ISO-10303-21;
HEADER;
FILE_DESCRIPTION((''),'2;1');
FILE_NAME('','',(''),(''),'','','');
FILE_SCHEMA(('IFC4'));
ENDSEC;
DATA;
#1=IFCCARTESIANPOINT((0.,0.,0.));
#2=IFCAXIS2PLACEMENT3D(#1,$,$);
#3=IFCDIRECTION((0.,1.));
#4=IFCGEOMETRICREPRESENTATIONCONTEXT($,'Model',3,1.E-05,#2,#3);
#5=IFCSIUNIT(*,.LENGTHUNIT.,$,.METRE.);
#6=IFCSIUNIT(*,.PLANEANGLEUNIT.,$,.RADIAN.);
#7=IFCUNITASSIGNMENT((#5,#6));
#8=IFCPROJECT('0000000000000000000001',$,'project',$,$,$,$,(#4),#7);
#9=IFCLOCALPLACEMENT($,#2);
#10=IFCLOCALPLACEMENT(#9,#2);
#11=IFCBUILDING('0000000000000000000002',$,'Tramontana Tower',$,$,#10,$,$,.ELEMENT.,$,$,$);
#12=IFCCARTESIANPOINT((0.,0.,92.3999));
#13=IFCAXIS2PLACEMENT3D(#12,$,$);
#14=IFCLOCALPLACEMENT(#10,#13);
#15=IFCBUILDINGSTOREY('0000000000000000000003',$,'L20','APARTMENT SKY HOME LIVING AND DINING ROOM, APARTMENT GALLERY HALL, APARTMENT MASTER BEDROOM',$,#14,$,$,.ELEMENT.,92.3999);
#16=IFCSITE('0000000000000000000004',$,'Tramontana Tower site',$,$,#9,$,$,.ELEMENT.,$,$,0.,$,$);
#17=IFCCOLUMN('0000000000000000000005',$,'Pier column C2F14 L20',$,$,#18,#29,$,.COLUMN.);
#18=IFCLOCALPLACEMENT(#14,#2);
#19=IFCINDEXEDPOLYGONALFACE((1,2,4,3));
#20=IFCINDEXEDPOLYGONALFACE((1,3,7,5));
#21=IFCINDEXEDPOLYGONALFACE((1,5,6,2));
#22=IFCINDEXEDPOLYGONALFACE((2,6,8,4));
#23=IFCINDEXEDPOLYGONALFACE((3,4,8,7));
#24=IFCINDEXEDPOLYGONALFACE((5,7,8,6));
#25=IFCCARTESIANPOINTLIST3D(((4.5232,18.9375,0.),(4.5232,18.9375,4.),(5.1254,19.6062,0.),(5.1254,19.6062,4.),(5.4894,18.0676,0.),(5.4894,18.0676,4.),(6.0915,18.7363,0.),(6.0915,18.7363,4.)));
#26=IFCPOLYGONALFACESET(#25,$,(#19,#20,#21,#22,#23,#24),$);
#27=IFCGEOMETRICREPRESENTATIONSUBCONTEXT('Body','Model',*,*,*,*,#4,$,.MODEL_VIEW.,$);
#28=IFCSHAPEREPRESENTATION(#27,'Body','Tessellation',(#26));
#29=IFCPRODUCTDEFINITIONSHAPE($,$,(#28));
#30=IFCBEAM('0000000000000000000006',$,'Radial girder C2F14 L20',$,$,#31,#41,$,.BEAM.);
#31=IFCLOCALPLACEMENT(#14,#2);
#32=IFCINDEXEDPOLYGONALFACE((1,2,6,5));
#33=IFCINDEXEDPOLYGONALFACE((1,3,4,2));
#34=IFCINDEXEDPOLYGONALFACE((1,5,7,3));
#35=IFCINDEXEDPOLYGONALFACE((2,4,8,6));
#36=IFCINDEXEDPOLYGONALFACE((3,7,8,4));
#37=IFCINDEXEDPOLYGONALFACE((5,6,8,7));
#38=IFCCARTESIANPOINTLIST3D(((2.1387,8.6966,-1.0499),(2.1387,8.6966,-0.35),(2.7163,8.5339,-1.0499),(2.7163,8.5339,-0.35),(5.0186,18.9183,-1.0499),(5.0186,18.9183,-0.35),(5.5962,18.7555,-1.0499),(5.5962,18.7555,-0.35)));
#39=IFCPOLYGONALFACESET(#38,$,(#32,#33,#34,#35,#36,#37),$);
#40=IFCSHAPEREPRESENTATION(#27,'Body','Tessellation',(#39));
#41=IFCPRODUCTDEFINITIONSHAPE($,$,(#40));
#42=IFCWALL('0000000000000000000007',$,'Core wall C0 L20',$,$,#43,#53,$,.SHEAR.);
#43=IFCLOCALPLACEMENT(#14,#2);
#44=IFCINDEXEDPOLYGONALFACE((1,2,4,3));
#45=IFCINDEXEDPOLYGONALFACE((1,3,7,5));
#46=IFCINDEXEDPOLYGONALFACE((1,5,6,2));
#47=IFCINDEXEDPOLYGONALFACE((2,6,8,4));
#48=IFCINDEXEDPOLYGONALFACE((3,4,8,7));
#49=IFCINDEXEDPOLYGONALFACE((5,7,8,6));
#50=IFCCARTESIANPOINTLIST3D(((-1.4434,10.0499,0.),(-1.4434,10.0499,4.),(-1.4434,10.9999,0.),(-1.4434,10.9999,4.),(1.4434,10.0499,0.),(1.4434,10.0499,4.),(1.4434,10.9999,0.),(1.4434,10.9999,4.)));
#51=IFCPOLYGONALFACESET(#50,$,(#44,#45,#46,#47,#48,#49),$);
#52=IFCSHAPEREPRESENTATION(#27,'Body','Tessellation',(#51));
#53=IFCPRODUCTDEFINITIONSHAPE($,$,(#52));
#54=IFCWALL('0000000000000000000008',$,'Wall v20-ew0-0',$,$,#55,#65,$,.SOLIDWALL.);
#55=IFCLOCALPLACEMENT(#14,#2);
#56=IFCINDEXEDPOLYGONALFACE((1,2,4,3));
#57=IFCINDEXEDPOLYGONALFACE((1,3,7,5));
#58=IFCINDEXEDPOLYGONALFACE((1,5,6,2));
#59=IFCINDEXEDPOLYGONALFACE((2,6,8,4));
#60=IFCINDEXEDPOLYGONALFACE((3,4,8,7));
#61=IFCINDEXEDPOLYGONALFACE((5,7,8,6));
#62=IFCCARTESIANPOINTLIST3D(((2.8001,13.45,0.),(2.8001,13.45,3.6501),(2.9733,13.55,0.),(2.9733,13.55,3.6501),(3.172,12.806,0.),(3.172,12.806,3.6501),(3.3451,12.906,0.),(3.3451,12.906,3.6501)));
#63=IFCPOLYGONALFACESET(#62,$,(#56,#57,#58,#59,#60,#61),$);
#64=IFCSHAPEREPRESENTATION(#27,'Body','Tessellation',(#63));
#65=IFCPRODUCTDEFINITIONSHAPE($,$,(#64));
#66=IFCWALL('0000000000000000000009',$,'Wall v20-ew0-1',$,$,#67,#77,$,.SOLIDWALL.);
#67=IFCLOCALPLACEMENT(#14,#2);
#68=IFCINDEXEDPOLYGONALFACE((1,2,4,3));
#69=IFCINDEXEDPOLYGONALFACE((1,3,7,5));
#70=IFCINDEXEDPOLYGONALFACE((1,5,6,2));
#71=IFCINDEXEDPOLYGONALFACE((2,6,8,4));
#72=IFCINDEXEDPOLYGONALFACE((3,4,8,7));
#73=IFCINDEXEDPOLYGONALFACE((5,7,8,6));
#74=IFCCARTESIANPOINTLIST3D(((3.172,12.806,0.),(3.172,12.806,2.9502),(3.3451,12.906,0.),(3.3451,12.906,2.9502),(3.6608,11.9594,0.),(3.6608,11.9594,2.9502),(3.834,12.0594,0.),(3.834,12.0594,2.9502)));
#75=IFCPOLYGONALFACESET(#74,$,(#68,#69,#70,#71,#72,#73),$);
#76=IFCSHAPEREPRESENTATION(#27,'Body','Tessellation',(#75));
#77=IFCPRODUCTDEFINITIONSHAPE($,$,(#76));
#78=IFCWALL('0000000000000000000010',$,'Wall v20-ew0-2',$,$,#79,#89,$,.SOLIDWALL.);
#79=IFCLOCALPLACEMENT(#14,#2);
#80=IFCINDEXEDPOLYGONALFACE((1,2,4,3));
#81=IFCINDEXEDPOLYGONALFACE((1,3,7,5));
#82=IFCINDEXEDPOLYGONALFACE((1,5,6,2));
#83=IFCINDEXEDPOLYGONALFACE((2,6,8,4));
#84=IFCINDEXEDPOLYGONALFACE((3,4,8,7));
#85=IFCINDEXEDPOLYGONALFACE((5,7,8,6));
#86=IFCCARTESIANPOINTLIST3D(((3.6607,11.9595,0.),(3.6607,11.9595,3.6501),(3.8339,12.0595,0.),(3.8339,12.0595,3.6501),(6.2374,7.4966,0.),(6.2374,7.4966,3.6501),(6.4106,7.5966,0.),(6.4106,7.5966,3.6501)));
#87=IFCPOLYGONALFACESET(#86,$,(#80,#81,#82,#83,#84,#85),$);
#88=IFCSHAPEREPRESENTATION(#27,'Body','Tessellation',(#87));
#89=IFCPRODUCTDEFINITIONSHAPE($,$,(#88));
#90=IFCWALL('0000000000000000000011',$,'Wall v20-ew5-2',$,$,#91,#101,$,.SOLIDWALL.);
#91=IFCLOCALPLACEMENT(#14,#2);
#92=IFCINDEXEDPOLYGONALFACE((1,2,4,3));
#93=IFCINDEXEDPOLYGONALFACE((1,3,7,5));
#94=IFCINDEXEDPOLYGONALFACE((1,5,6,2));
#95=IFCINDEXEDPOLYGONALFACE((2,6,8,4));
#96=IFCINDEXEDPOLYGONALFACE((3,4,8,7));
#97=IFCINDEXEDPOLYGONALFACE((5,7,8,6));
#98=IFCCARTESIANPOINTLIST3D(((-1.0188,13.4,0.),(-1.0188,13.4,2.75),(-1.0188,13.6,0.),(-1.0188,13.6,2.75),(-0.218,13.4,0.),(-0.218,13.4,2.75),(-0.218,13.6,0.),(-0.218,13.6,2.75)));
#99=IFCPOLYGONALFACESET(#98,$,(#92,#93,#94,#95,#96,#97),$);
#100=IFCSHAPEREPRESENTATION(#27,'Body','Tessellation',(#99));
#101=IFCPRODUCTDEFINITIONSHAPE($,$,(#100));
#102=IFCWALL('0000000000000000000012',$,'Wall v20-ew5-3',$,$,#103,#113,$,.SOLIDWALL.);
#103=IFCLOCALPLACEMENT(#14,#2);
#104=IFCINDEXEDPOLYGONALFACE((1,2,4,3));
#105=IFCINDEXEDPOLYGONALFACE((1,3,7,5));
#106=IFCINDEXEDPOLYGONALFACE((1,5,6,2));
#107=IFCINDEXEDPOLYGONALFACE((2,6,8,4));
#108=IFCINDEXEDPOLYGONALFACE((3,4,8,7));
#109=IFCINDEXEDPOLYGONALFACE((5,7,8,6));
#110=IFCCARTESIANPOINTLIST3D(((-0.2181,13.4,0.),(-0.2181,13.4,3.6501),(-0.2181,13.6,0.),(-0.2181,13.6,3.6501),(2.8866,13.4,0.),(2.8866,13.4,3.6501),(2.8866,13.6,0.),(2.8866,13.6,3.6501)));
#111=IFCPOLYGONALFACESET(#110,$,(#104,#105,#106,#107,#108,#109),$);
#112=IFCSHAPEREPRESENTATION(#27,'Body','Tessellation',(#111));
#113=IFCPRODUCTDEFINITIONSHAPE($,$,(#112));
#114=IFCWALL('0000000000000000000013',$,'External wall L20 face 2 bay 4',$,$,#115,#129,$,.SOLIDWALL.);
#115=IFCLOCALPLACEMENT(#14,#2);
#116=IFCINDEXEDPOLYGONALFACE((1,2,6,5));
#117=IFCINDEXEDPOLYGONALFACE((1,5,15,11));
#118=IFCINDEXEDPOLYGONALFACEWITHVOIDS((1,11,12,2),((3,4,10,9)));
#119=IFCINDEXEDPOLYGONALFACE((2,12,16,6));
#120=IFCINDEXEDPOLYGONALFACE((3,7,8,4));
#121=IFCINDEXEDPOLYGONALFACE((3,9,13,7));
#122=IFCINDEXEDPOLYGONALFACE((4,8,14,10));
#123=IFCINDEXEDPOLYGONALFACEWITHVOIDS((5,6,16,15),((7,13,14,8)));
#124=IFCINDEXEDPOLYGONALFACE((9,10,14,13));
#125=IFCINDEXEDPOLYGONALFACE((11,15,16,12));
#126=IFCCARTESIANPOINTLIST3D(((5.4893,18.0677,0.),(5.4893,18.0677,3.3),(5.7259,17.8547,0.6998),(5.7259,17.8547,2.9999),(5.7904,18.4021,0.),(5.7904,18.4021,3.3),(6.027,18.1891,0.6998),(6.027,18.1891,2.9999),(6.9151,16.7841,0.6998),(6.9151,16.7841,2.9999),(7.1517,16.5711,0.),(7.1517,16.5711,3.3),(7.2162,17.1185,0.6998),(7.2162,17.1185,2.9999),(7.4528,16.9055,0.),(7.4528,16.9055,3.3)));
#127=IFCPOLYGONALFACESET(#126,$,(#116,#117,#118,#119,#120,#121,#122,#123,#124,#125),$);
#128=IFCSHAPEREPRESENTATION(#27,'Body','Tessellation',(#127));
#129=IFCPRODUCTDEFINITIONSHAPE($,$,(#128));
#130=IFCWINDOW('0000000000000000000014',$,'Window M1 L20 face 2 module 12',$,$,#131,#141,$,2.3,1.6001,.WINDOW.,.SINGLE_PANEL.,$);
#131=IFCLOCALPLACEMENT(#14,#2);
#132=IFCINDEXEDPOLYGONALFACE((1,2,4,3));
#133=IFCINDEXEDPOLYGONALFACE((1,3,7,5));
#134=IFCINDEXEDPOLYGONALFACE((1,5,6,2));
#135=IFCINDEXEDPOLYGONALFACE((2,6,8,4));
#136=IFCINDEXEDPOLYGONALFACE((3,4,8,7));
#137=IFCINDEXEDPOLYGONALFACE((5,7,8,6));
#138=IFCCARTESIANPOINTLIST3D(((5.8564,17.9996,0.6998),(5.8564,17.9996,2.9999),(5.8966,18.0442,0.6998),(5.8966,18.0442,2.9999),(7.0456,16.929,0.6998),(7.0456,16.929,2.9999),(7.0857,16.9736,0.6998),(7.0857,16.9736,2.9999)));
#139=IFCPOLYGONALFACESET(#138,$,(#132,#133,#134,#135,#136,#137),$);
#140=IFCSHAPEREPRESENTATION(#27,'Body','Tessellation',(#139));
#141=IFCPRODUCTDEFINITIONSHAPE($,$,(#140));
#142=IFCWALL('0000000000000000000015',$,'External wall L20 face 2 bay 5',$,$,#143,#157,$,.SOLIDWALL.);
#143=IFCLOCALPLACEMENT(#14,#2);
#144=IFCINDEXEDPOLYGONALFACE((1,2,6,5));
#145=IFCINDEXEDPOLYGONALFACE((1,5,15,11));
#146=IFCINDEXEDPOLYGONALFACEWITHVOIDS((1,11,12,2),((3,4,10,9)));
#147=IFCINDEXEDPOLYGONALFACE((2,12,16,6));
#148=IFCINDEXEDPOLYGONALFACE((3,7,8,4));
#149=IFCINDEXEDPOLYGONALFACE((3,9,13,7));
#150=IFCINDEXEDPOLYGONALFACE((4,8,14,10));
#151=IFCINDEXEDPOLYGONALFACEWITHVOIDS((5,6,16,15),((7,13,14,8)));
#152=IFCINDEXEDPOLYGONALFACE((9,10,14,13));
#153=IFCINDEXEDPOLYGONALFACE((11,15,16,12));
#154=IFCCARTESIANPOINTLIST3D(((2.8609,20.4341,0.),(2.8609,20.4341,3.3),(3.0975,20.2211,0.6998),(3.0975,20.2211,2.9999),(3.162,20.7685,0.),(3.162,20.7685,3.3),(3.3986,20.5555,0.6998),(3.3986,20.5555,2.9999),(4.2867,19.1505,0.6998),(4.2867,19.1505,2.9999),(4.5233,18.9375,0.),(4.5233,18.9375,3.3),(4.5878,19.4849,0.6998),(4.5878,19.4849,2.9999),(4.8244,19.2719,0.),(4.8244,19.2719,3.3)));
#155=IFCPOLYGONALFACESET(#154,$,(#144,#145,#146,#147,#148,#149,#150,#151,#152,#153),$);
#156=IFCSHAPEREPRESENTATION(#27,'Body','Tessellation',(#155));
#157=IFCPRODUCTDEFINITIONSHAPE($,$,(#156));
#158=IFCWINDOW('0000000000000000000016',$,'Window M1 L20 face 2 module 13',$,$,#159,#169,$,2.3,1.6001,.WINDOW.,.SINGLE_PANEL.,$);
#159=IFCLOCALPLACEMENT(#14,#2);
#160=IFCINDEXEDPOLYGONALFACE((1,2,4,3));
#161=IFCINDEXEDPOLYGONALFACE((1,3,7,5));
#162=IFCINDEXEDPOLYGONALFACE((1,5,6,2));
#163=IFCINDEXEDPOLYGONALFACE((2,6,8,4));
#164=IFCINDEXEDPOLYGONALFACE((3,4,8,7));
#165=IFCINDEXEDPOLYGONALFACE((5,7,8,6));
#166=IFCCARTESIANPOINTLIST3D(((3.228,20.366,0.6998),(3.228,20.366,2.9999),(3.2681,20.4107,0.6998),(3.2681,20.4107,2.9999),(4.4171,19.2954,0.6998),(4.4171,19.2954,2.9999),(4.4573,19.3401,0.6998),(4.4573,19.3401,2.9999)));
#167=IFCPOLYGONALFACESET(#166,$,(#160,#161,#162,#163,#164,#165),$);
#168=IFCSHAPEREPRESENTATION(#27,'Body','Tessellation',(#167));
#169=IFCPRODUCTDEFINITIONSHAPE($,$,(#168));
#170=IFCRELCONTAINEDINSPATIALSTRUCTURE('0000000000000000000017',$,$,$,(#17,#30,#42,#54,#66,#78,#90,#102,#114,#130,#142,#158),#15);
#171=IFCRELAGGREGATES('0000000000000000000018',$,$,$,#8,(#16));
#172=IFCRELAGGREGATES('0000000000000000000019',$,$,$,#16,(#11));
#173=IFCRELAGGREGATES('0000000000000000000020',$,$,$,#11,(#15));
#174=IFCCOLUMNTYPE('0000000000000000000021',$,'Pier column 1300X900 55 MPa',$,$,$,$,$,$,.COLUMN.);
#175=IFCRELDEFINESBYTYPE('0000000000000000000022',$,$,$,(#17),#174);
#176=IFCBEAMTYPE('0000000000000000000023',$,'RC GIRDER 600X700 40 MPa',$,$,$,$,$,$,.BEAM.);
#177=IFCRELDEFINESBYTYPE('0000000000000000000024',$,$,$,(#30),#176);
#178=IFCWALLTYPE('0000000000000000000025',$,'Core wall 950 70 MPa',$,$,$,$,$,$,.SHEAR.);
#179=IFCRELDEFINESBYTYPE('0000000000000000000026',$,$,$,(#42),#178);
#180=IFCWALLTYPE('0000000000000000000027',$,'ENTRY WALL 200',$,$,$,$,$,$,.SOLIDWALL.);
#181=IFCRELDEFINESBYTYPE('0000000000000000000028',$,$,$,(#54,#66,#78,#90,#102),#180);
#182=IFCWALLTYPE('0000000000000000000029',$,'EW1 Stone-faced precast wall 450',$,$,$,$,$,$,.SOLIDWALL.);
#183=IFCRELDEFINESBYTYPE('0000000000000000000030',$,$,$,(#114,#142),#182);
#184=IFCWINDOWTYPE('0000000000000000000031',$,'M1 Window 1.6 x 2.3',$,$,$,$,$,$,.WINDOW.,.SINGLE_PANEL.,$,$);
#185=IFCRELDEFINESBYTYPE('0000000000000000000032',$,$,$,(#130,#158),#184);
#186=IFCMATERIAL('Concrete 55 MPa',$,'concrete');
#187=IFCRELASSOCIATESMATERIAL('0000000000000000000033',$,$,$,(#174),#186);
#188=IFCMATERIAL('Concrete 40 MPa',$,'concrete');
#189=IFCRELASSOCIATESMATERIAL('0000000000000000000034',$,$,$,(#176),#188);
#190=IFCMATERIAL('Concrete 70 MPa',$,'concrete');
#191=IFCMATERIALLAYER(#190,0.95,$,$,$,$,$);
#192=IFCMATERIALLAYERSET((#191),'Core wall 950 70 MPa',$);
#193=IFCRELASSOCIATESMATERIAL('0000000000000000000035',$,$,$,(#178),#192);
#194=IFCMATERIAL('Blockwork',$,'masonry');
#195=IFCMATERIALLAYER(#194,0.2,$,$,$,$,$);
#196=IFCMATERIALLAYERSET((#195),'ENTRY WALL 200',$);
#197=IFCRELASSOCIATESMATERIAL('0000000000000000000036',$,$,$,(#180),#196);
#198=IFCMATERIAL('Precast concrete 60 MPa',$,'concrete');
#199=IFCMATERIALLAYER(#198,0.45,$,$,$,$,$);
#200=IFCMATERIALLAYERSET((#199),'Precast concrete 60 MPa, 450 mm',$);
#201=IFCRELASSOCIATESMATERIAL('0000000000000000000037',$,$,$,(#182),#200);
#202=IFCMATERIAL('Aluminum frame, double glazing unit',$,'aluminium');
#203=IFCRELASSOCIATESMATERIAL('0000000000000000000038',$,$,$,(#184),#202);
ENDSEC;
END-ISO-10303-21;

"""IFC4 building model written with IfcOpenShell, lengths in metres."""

from ifc_helpers import new_model, si_unit, direction, frame, frame_2d, origin, origin_2d, place, context, subcontext, project, spatial, rectangle, extrude, material, layer, layer_set, material_profile, profile_set, type_object, element, fill, save


model = new_model("IFC4")

# Units and contexts
model_context = context("Model", 3, precision=1e-05, world=origin(), true_north=direction((0.0, 1.0)))
body_context = subcontext(model_context, "Body", "Model", "MODEL_VIEW")
ifc_project = project(units=[si_unit("LENGTHUNIT", "METRE"), si_unit("PLANEANGLEUNIT", "RADIAN")], contexts=[model_context])

# Site, building, storey
site_placement = place(None, origin())
site = spatial("IfcSite", under=ifc_project, at=site_placement, Name="Tramontana Tower site", CompositionType="ELEMENT", RefElevation=0.0)
building_placement = place(site_placement, origin())
building = spatial("IfcBuilding", under=site, at=building_placement, Name="Tramontana Tower", CompositionType="ELEMENT")
storey_placement = place(building_placement, frame((0.0, 0.0, 92.3999)))
storey = spatial("IfcBuildingStorey", under=building, at=storey_placement, Name="L20", Description="APARTMENT SKY HOME LIVING AND DINING ROOM, APARTMENT GALLERY HALL, APARTMENT MASTER BEDROOM", CompositionType="ELEMENT", Elevation=92.3999)

# Column
ifc_material_1 = material(Name="Concrete 55 MPa", Category="concrete")
ifc_material_profile_1 = material_profile(ifc_material_1, rectangle(XDim=1.3, YDim=0.8999, at=origin_2d()), Name="Pier column 1300X900 55 MPa")
ifc_profile_set_1 = profile_set([ifc_material_profile_1], Name="Concrete 55 MPa")
column_type = type_object("IfcColumnType", Name="Pier column 1300X900 55 MPa", PredefinedType="COLUMN", material=ifc_profile_set_1)
column_placement = place(storey_placement, frame((5.3074, 18.8369, 0.0), z_axis=(0.0, 0.0, 1.0), x_axis=(-0.743145, 0.669131, 0.0)))
element("IfcColumn", 1, at=column_placement, inside=storey, type_object=column_type, Name="Pier column C2F14 L20", PredefinedType="COLUMN", context=body_context, shape_type="SweptSolid", body=[
    extrude(rectangle(XDim=1.3, YDim=0.8999, at=origin_2d()), origin(), (0.0, 0.0, 1.0), 4.0),
])

# Beam
ifc_material_2 = material(Name="Concrete 40 MPa", Category="concrete")
ifc_material_profile_2 = material_profile(ifc_material_2, rectangle(XDim=0.6001, YDim=0.7, at=origin_2d()), Name="RC GIRDER 600X700 40 MPa")
ifc_profile_set_2 = profile_set([ifc_material_profile_2], Name="Concrete 40 MPa")
beam_type = type_object("IfcBeamType", Name="RC GIRDER 600X700 40 MPa", PredefinedType="BEAM", material=ifc_profile_set_2)
beam_placement = place(storey_placement, frame((5.3074, 18.8369, -0.7), z_axis=(-0.271185, -0.962527, 0.0), x_axis=(0.962527, -0.271185, 0.0)))
element("IfcBeam", 2, at=beam_placement, inside=storey, type_object=beam_type, Name="Radial girder C2F14 L20", PredefinedType="BEAM", context=body_context, shape_type="SweptSolid", body=[
    extrude(rectangle(XDim=0.6001, YDim=0.7, at=origin_2d()), origin(), (0.0, 0.0, 1.0), 10.6196),
])

# Walls
ifc_material_3 = material(Name="Concrete 70 MPa", Category="concrete")
ifc_layer_1 = layer(ifc_material_3, 0.95)
ifc_layer_set_1 = layer_set([ifc_layer_1], Name="Core wall 950 70 MPa")
wall_type_1 = type_object("IfcWallType", Name="Core wall 950 70 MPa", PredefinedType="SHEAR", material=ifc_layer_set_1)
wall_1_placement = place(storey_placement, frame((1.4434, 10.5249, 0.0), z_axis=(0.0, 0.0, 1.0), x_axis=(-1.0, 0.0, 0.0)))
element("IfcWall", 3, at=wall_1_placement, inside=storey, type_object=wall_type_1, Name="Core wall C0 L20", PredefinedType="SHEAR", context=body_context, shape_type="SweptSolid", body=[
    extrude(rectangle(XDim=2.8867, YDim=0.95, at=frame_2d((1.4434, 0.0))), origin(), (0.0, 0.0, 1.0), 4.0),
])
ifc_material_4 = material(Name="Blockwork", Category="masonry")
ifc_layer_2 = layer(ifc_material_4, 0.2)
ifc_layer_set_2 = layer_set([ifc_layer_2], Name="ENTRY WALL 200")
wall_type_2 = type_object("IfcWallType", Name="ENTRY WALL 200", PredefinedType="SOLIDWALL", material=ifc_layer_set_2)
wall_2_placement = place(storey_placement, frame((2.8867, 13.5, 0.0), z_axis=(0.0, 0.0, 1.0), x_axis=(0.499988, -0.866033, 0.0)))
element("IfcWall", 4, at=wall_2_placement, inside=storey, type_object=wall_type_2, Name="Wall v20-ew0-0", PredefinedType="SOLIDWALL", context=body_context, shape_type="SweptSolid", body=[
    extrude(rectangle(XDim=0.7437, YDim=0.2, at=frame_2d((0.3718, 0.0))), origin(), (0.0, 0.0, 1.0), 3.6501),
])
wall_3_placement = place(storey_placement, frame((3.2585, 12.856, 0.0), z_axis=(0.0, 0.0, 1.0), x_axis=(0.500061, -0.86599, 0.0)))
element("IfcWall", 5, at=wall_3_placement, inside=storey, type_object=wall_type_2, Name="Wall v20-ew0-1", PredefinedType="SOLIDWALL", context=body_context, shape_type="SweptSolid", body=[
    extrude(rectangle(XDim=0.9775, YDim=0.2, at=frame_2d((0.4888, 0.0))), origin(), (0.0, 0.0, 1.0), 2.9502),
])
wall_4_placement = place(storey_placement, frame((3.7473, 12.0095, 0.0), z_axis=(0.0, 0.0, 1.0), x_axis=(0.500001, -0.866025, 0.0)))
element("IfcWall", 6, at=wall_4_placement, inside=storey, type_object=wall_type_2, Name="Wall v20-ew0-2", PredefinedType="SOLIDWALL", context=body_context, shape_type="SweptSolid", body=[
    extrude(rectangle(XDim=5.1533, YDim=0.2, at=frame_2d((2.5767, 0.0))), origin(), (0.0, 0.0, 1.0), 3.6501),
])
wall_5_placement = place(storey_placement, frame((-1.0188, 13.5, 0.0), z_axis=(0.0, 0.0, 1.0), x_axis=(1.0, 0.0, 0.0)))
element("IfcWall", 7, at=wall_5_placement, inside=storey, type_object=wall_type_2, Name="Wall v20-ew5-2", PredefinedType="SOLIDWALL", context=body_context, shape_type="SweptSolid", body=[
    extrude(rectangle(XDim=0.8008, YDim=0.2, at=frame_2d((0.4004, 0.0))), origin(), (0.0, 0.0, 1.0), 2.75),
])
wall_6_placement = place(storey_placement, frame((-0.218, 13.5, 0.0), z_axis=(0.0, 0.0, 1.0), x_axis=(1.0, 0.0, 0.0)))
element("IfcWall", 8, at=wall_6_placement, inside=storey, type_object=wall_type_2, Name="Wall v20-ew5-3", PredefinedType="SOLIDWALL", context=body_context, shape_type="SweptSolid", body=[
    extrude(rectangle(XDim=3.1047, YDim=0.2, at=frame_2d((1.5522, 0.0))), origin(), (0.0, 0.0, 1.0), 3.6501),
])

# Walls, openings, windows
ifc_material_5 = material(Name="Precast concrete 60 MPa", Category="concrete")
ifc_layer_3 = layer(ifc_material_5, 0.45)
ifc_layer_set_3 = layer_set([ifc_layer_3], Name="Precast concrete 60 MPa, 450 mm")
wall_type_3 = type_object("IfcWallType", Name="EW1 Stone-faced precast wall 450", PredefinedType="SOLIDWALL", material=ifc_layer_set_3)
wall_7_placement = place(storey_placement, frame((7.3022, 16.7383, 0.0), z_axis=(0.0, 0.0, 1.0), x_axis=(-0.743191, 0.669079, 0.0)))
wall_7 = element("IfcWall", 9, at=wall_7_placement, inside=storey, type_object=wall_type_3, Name="External wall L20 face 2 bay 4", PredefinedType="SOLIDWALL", context=body_context, shape_type="SweptSolid", body=[
    extrude(rectangle(XDim=2.2368, YDim=0.45, at=frame_2d((1.1184, 0.0))), origin(), (0.0, 0.0, 1.0), 3.3),
])
opening_1_placement = place(wall_7_placement, frame((0.3184, 0.0, 0.7)))
opening_1 = element("IfcOpeningElement", 10, at=opening_1_placement, cuts=wall_7, PredefinedType="OPENING", context=body_context, shape_type="SweptSolid", body=[
    extrude(rectangle(XDim=1.6001, YDim=2.3, at=frame_2d((0.8, 1.1499))), frame((0.0, 0.2349, 0.0), z_axis=(0.0, -1.0, 0.0), x_axis=(1.0, 0.0, 0.0)), (0.0, 0.0, 1.0), 0.47),
])
ifc_material_6 = material(Name="Aluminum frame, double glazing unit", Category="aluminium")
window_type = type_object("IfcWindowType", Name="M1 Window 1.6 x 2.3", PartitioningType="SINGLE_PANEL", PredefinedType="WINDOW", material=ifc_material_6)
window_1_placement = place(opening_1_placement, origin())
window_1 = element("IfcWindow", 11, at=window_1_placement, inside=storey, type_object=window_type, Name="Window M1 L20 face 2 module 12", OverallHeight=2.3, OverallWidth=1.6001, PartitioningType="SINGLE_PANEL", PredefinedType="WINDOW", context=body_context, shape_type="SweptSolid", body=[
    extrude(rectangle(XDim=1.6001, YDim=2.3, at=frame_2d((0.8, 1.1499))), frame((0.0, 0.03, 0.0), z_axis=(0.0, -1.0, 0.0), x_axis=(1.0, 0.0, 0.0)), (0.0, 0.0, 1.0), 0.0601),
])
fill(opening_1, window_1)
wall_8_placement = place(storey_placement, frame((4.6738, 19.1047, 0.0), z_axis=(0.0, 0.0, 1.0), x_axis=(-0.743191, 0.669079, 0.0)))
wall_8 = element("IfcWall", 12, at=wall_8_placement, inside=storey, type_object=wall_type_3, Name="External wall L20 face 2 bay 5", PredefinedType="SOLIDWALL", context=body_context, shape_type="SweptSolid", body=[
    extrude(rectangle(XDim=2.2368, YDim=0.45, at=frame_2d((1.1184, 0.0))), origin(), (0.0, 0.0, 1.0), 3.3),
])
opening_2_placement = place(wall_8_placement, frame((0.3184, 0.0, 0.7)))
opening_2 = element("IfcOpeningElement", 13, at=opening_2_placement, cuts=wall_8, PredefinedType="OPENING", context=body_context, shape_type="SweptSolid", body=[
    extrude(rectangle(XDim=1.6001, YDim=2.3, at=frame_2d((0.8, 1.1499))), frame((0.0, 0.2349, 0.0), z_axis=(0.0, -1.0, 0.0), x_axis=(1.0, 0.0, 0.0)), (0.0, 0.0, 1.0), 0.47),
])
window_2_placement = place(opening_2_placement, origin())
window_2 = element("IfcWindow", 14, at=window_2_placement, inside=storey, type_object=window_type, Name="Window M1 L20 face 2 module 13", OverallHeight=2.3, OverallWidth=1.6001, PartitioningType="SINGLE_PANEL", PredefinedType="WINDOW", context=body_context, shape_type="SweptSolid", body=[
    extrude(rectangle(XDim=1.6001, YDim=2.3, at=frame_2d((0.8, 1.1499))), frame((0.0, 0.03, 0.0), z_axis=(0.0, -1.0, 0.0), x_axis=(1.0, 0.0, 0.0)), (0.0, 0.0, 1.0), 0.0601),
])
fill(opening_2, window_2)

save(model, "model.ifc")
